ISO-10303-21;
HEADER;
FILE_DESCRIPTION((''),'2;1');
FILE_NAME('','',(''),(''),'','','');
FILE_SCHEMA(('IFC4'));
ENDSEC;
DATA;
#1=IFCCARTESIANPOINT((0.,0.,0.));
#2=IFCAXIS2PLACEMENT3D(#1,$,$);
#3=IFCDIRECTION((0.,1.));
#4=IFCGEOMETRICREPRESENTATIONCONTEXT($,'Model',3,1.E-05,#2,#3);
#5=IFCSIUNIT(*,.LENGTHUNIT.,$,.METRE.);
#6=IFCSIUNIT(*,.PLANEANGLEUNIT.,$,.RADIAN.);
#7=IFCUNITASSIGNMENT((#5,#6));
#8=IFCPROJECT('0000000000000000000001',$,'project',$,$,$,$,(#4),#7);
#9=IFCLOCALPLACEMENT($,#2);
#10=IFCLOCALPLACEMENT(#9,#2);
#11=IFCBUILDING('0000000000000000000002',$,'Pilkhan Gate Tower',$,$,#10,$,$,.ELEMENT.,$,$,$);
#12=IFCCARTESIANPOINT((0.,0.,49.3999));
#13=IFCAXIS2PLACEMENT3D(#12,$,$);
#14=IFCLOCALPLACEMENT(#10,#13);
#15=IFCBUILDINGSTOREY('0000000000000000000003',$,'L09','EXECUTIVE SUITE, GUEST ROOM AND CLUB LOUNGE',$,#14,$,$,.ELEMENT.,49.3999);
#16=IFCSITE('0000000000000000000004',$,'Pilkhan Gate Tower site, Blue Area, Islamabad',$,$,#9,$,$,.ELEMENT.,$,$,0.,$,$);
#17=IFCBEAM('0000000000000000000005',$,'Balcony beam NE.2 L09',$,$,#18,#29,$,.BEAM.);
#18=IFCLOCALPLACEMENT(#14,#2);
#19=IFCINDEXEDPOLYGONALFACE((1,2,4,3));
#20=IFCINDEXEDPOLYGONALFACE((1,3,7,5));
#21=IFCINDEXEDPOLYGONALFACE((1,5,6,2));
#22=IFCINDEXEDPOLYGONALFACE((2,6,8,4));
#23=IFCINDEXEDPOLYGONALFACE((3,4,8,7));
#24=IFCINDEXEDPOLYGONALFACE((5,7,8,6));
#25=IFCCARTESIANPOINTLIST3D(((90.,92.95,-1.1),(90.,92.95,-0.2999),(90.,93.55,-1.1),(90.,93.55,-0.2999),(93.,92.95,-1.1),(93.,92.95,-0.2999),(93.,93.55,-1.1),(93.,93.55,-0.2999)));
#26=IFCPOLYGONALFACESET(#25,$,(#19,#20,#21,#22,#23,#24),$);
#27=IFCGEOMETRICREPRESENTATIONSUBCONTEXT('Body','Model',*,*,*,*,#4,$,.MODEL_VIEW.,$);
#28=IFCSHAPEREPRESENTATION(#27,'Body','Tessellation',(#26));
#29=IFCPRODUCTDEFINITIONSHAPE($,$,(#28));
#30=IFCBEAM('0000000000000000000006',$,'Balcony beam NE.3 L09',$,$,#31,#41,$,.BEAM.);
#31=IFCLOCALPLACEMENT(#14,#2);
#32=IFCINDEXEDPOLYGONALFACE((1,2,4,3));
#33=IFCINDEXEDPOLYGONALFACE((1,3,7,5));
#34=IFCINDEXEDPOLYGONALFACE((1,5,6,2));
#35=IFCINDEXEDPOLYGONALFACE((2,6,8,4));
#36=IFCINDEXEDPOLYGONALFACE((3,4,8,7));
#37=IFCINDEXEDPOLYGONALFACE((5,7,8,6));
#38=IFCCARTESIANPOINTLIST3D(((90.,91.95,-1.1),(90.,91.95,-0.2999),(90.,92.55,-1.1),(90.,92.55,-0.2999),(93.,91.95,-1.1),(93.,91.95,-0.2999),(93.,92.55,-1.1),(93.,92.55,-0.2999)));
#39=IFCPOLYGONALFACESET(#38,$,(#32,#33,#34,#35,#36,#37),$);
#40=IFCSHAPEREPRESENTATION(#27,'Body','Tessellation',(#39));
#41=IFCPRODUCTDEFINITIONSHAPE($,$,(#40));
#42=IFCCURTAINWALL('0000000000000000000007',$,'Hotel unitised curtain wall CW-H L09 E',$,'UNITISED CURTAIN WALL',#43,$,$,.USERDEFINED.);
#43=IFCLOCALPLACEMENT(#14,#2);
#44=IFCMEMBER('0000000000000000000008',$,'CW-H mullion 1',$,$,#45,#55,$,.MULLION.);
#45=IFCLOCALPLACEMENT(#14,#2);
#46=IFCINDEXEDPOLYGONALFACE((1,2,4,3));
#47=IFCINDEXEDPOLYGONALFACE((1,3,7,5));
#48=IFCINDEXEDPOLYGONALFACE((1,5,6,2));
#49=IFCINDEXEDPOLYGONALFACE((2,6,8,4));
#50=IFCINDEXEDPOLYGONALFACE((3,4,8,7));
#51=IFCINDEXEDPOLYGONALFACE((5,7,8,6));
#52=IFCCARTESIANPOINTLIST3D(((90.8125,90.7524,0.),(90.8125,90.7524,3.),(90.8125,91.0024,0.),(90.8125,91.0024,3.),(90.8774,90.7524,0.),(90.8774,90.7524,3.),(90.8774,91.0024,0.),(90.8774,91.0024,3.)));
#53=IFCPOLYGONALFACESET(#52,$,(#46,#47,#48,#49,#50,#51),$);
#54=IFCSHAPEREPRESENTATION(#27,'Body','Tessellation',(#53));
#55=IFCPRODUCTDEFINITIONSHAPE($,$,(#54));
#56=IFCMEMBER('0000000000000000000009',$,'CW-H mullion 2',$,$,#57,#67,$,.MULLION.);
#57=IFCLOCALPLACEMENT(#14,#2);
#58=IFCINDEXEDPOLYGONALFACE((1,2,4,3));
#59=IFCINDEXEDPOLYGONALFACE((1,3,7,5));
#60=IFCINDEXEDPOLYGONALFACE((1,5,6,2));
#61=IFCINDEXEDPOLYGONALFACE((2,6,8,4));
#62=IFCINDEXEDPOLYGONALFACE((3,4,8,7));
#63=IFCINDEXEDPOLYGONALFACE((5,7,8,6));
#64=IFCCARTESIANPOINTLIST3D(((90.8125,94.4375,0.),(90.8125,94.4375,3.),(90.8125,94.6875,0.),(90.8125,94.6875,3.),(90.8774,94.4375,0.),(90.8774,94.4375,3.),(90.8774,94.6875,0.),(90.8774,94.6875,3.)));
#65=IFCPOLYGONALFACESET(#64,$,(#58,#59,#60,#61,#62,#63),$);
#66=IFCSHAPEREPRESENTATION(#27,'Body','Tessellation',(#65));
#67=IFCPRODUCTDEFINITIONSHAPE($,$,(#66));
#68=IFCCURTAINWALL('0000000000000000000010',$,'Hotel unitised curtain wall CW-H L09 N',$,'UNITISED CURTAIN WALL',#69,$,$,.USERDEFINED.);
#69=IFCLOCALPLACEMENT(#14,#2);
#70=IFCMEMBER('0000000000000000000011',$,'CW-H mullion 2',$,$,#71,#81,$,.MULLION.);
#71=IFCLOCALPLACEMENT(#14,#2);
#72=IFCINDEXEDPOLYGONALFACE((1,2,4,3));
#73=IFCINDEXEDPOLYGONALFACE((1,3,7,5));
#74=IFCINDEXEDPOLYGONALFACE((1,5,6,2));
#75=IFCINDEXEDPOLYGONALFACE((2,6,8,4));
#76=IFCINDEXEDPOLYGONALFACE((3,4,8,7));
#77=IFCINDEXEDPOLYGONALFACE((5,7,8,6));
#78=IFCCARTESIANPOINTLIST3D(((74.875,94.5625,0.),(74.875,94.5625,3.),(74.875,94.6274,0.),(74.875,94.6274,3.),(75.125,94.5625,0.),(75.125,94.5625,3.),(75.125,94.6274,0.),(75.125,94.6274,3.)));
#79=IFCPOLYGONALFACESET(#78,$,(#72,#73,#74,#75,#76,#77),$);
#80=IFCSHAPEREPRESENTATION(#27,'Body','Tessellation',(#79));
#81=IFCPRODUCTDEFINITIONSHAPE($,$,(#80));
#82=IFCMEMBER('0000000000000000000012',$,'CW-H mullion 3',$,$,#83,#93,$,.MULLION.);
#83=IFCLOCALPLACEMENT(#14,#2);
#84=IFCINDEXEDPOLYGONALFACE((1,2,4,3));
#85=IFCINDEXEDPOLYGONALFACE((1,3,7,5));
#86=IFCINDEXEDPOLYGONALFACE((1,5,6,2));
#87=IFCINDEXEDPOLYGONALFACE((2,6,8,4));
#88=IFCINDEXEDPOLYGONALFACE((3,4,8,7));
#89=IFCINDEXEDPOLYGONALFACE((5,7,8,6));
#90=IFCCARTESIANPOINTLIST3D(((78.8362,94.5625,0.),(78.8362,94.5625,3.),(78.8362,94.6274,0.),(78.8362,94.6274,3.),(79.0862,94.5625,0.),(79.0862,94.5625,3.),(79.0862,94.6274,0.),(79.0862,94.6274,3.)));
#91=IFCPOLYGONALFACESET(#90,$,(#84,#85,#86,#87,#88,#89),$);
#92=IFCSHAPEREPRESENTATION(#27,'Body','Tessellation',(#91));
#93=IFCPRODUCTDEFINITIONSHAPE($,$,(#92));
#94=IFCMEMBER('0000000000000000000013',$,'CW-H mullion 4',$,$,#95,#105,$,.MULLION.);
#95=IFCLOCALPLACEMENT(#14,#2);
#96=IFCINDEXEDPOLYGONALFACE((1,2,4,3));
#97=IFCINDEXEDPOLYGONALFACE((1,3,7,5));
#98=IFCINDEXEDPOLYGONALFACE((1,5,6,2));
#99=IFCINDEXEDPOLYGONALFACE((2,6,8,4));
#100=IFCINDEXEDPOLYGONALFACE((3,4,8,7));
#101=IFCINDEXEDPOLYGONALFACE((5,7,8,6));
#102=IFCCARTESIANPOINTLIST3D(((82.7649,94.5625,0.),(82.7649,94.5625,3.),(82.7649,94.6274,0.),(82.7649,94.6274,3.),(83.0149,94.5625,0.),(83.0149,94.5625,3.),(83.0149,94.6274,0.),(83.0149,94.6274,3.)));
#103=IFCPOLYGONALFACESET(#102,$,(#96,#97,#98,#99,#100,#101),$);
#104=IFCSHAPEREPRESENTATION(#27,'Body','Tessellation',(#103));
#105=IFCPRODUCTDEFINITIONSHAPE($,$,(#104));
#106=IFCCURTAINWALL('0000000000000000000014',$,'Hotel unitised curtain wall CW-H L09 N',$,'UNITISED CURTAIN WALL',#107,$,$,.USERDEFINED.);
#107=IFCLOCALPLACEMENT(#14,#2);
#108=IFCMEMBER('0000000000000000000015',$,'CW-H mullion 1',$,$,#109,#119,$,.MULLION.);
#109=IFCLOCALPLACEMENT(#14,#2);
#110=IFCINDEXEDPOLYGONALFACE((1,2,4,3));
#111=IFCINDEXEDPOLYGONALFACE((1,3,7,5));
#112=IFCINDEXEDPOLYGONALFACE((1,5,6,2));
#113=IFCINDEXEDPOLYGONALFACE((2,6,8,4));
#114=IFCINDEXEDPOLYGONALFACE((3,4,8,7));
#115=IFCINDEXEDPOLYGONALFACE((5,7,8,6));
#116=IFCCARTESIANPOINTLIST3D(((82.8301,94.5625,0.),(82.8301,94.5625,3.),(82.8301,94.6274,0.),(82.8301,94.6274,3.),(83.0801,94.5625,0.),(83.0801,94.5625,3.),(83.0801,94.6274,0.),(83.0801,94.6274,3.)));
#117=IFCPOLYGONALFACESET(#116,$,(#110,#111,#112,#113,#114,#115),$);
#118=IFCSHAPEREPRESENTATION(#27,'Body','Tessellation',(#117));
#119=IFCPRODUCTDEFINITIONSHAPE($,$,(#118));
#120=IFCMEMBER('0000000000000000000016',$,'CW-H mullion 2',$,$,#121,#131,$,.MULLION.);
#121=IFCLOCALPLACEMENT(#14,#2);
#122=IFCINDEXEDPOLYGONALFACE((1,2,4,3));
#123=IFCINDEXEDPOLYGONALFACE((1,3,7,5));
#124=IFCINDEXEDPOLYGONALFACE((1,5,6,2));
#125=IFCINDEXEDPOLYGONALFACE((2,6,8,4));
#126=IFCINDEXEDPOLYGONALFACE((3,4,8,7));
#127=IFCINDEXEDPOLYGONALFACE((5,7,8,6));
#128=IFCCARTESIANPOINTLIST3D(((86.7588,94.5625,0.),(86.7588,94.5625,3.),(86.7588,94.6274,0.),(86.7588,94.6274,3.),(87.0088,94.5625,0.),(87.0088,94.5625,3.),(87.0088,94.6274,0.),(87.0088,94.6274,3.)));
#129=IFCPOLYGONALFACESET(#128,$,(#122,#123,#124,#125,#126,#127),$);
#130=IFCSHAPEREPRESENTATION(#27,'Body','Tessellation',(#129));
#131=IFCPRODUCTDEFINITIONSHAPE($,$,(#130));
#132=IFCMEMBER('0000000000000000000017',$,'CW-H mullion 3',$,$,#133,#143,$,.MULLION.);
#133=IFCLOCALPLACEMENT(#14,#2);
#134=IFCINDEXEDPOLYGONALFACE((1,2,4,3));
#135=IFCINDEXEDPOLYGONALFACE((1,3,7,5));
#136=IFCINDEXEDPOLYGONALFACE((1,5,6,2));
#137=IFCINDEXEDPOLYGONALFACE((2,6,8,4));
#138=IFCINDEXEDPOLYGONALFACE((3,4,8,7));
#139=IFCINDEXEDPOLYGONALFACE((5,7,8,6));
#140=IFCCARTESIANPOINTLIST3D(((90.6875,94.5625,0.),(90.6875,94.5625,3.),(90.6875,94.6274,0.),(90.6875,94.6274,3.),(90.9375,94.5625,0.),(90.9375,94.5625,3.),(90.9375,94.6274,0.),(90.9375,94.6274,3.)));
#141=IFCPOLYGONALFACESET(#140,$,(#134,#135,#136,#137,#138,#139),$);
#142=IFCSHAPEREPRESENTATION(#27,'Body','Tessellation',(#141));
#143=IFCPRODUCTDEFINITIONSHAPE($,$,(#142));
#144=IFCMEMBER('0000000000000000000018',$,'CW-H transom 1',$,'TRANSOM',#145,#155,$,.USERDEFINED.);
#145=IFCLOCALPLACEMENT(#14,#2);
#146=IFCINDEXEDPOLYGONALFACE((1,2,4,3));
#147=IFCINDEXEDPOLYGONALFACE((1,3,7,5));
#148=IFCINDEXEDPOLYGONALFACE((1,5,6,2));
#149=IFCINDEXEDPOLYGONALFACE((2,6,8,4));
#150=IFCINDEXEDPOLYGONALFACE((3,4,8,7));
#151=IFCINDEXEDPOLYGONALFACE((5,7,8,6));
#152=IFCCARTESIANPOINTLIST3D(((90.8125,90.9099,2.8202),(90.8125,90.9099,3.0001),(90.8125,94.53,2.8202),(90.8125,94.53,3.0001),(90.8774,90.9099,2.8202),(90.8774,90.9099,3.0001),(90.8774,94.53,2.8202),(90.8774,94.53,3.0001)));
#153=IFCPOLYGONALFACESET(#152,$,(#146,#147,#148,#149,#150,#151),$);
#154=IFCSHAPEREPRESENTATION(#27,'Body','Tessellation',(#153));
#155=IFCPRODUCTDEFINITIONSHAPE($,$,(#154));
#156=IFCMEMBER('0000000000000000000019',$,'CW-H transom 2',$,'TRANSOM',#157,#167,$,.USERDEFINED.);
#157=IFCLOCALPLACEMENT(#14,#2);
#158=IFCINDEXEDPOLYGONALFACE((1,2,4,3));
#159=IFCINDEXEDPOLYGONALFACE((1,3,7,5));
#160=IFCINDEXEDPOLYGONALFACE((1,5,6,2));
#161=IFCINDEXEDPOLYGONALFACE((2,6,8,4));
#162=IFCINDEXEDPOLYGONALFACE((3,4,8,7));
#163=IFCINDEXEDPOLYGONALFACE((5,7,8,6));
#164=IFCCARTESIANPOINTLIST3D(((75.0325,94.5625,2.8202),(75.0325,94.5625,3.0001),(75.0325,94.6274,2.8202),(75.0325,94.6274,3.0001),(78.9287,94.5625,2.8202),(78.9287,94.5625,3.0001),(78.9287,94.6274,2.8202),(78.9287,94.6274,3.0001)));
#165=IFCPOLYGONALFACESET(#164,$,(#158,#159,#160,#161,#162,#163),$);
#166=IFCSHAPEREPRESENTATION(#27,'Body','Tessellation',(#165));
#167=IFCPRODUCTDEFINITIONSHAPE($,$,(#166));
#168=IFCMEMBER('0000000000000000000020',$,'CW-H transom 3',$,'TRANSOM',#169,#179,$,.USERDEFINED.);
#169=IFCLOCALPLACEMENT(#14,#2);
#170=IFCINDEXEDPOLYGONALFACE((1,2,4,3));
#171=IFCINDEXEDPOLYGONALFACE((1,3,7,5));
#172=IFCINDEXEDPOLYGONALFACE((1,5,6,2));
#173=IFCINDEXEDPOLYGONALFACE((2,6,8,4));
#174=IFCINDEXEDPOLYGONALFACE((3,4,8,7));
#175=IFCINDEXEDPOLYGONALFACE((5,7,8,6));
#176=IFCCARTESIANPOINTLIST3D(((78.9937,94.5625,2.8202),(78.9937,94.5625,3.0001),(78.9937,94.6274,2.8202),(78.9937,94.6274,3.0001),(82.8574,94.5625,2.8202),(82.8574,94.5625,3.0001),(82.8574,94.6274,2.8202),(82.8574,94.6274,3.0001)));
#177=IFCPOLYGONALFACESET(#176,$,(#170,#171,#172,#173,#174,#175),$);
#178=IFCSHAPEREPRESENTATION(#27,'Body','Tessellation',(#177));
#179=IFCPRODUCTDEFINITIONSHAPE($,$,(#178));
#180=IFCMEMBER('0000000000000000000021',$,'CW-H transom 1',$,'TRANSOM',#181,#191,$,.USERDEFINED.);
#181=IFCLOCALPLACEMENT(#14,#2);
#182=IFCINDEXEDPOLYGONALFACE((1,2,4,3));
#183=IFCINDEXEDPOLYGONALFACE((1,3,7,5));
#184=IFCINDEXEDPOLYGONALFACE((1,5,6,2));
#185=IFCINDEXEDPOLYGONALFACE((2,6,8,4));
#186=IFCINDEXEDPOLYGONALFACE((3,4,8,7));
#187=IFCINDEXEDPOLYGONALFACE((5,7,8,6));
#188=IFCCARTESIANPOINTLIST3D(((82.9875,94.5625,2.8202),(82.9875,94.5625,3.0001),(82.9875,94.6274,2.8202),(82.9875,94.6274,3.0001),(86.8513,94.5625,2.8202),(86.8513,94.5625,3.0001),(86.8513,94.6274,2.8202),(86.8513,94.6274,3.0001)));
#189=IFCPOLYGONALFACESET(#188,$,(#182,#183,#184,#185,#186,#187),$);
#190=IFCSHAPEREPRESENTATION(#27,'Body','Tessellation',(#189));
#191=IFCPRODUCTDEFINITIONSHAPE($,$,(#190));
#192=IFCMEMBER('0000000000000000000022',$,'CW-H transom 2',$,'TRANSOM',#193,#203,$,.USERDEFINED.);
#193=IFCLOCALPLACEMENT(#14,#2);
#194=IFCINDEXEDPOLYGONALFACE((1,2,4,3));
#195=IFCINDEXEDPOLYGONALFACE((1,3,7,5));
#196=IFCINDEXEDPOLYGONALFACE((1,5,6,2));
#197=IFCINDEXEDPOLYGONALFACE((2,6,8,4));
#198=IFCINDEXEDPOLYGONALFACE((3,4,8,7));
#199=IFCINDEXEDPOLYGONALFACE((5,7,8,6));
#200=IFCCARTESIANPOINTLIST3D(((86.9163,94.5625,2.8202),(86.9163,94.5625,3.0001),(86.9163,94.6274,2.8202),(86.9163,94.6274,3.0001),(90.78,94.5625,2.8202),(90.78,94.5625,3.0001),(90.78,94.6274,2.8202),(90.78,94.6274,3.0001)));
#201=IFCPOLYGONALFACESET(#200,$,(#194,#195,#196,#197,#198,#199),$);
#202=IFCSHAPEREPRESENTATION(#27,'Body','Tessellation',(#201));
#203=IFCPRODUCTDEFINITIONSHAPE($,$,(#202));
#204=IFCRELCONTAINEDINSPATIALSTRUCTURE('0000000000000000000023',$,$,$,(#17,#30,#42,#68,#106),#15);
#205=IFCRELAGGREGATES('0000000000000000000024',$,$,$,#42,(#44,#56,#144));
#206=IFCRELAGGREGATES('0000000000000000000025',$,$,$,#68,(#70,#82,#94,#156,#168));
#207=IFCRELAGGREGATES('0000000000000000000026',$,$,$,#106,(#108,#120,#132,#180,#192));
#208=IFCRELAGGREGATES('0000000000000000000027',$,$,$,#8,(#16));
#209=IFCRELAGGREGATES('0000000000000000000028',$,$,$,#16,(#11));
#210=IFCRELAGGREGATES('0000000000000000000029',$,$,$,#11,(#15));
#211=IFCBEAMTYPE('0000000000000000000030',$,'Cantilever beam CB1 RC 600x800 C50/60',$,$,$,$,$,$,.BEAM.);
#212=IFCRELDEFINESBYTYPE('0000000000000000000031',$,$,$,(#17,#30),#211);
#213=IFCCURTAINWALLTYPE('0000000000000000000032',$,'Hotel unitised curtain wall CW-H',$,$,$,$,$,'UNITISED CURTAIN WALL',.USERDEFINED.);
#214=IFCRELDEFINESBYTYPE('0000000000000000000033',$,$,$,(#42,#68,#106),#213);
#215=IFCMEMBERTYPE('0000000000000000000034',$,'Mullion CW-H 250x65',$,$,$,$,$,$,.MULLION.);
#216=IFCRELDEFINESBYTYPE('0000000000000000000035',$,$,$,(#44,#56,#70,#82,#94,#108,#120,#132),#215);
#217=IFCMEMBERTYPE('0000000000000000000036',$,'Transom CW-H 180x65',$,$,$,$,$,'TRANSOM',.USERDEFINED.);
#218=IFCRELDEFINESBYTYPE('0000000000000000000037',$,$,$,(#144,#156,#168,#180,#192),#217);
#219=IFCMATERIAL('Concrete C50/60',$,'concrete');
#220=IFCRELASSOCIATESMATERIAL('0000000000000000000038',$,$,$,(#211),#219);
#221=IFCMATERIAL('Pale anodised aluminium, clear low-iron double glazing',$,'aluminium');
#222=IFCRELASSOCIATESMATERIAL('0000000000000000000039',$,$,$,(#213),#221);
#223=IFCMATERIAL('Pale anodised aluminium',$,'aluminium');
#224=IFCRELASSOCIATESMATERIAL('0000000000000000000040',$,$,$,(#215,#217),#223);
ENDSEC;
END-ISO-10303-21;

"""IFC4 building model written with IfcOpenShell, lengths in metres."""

from ifc_helpers import new_model, si_unit, direction, frame, origin, origin_2d, place, context, subcontext, project, spatial, rectangle, extrude, material, material_profile, profile_set, type_object, element, aggregate, save


model = new_model("IFC4")

# Units and contexts
model_context = context("Model", 3, precision=1e-05, world=origin(), true_north=direction((0.0, 1.0)))
body_context = subcontext(model_context, "Body", "Model", "MODEL_VIEW")
ifc_project = project(units=[si_unit("LENGTHUNIT", "METRE"), si_unit("PLANEANGLEUNIT", "RADIAN")], contexts=[model_context])

# Site, building, storey
site_placement = place(None, origin())
site = spatial("IfcSite", under=ifc_project, at=site_placement, Name="Pilkhan Gate Tower site, Blue Area, Islamabad", CompositionType="ELEMENT", RefElevation=0.0)
building_placement = place(site_placement, origin())
building = spatial("IfcBuilding", under=site, at=building_placement, Name="Pilkhan Gate Tower", CompositionType="ELEMENT")
storey_placement = place(building_placement, frame((0.0, 0.0, 49.3999)))
storey = spatial("IfcBuildingStorey", under=building, at=storey_placement, Name="L09", Description="EXECUTIVE SUITE, GUEST ROOM AND CLUB LOUNGE", CompositionType="ELEMENT", Elevation=49.3999)

# Beams
ifc_material_1 = material(Name="Concrete C50/60", Category="concrete")
ifc_material_profile_1 = material_profile(ifc_material_1, rectangle(XDim=0.6001, YDim=0.8, at=origin_2d()), Name="RC 600x800")
ifc_profile_set_1 = profile_set([ifc_material_profile_1], Name="Concrete C50/60")
beam_type = type_object("IfcBeamType", Name="Cantilever beam CB1 RC 600x800 C50/60", PredefinedType="BEAM", material=ifc_profile_set_1)
for number, where, z_axis, x_axis, name in (
    (1, (90.0, 93.25, -0.7), (1.0, 0.0, 0.0), (0.0, 1.0, 0.0), "Balcony beam NE.2 L09"),
    (2, (90.0, 92.25, -0.7), (1.0, 0.0, 0.0), (0.0, 1.0, 0.0), "Balcony beam NE.3 L09"),
):
    element("IfcBeam", number, at=place(storey_placement, frame(where, z_axis=z_axis, x_axis=x_axis)), inside=storey, type_object=beam_type, Name=name, PredefinedType="BEAM", context=body_context, shape_type="SweptSolid", body=[
        extrude(rectangle(XDim=0.6001, YDim=0.8, at=origin_2d()), origin(), (0.0, 0.0, 1.0), 3.0),
    ])

# Curtain walls, members
ifc_material_2 = material(Name="Pale anodised aluminium, clear low-iron double glazing", Category="aluminium")
curtain_wall_type = type_object("IfcCurtainWallType", Name="Hotel unitised curtain wall CW-H", ElementType="UNITISED CURTAIN WALL", PredefinedType="USERDEFINED", material=ifc_material_2)
curtain_wall_1_placement = place(storey_placement, origin())
curtain_wall_1 = element("IfcCurtainWall", 3, at=curtain_wall_1_placement, inside=storey, type_object=curtain_wall_type, Name="Hotel unitised curtain wall CW-H L09 E", ObjectType="UNITISED CURTAIN WALL", PredefinedType="USERDEFINED")
ifc_material_3 = material(Name="Pale anodised aluminium", Category="aluminium")
ifc_material_profile_2 = material_profile(ifc_material_3, rectangle(XDim=0.0649, YDim=0.25, at=origin_2d()), Name="Mullion 250x65")
ifc_profile_set_2 = profile_set([ifc_material_profile_2], Name="Pale anodised aluminium")
member_type_1 = type_object("IfcMemberType", Name="Mullion CW-H 250x65", PredefinedType="MULLION", material=ifc_profile_set_2)
member_1_placement = place(storey_placement, frame((90.845, 90.8774, 0.0), z_axis=(0.0, 0.0, 1.0), x_axis=(-1.0, 0.0, 0.0)))
member_1 = element("IfcMember", 4, at=member_1_placement, type_object=member_type_1, Name="CW-H mullion 1", PredefinedType="MULLION", context=body_context, shape_type="SweptSolid", body=[
    extrude(rectangle(XDim=0.0649, YDim=0.25, at=origin_2d()), origin(), (0.0, 0.0, 1.0), 3.0),
])
member_2_placement = place(storey_placement, frame((90.845, 94.5625, 0.0), z_axis=(0.0, 0.0, 1.0), x_axis=(-1.0, 0.0, 0.0)))
member_2 = element("IfcMember", 5, at=member_2_placement, type_object=member_type_1, Name="CW-H mullion 2", PredefinedType="MULLION", context=body_context, shape_type="SweptSolid", body=[
    extrude(rectangle(XDim=0.0649, YDim=0.25, at=origin_2d()), origin(), (0.0, 0.0, 1.0), 3.0),
])
curtain_wall_2_placement = place(storey_placement, origin())
curtain_wall_2 = element("IfcCurtainWall", 6, at=curtain_wall_2_placement, inside=storey, type_object=curtain_wall_type, Name="Hotel unitised curtain wall CW-H L09 N", ObjectType="UNITISED CURTAIN WALL", PredefinedType="USERDEFINED")
member_3_placement = place(storey_placement, frame((75.0, 94.595, 0.0), z_axis=(0.0, 0.0, 1.0), x_axis=(0.0, 1.0, 0.0)))
member_3 = element("IfcMember", 7, at=member_3_placement, type_object=member_type_1, Name="CW-H mullion 2", PredefinedType="MULLION", context=body_context, shape_type="SweptSolid", body=[
    extrude(rectangle(XDim=0.0649, YDim=0.25, at=origin_2d()), origin(), (0.0, 0.0, 1.0), 3.0),
])
member_4_placement = place(storey_placement, frame((78.9612, 94.595, 0.0), z_axis=(0.0, 0.0, 1.0), x_axis=(0.0, 1.0, 0.0)))
member_4 = element("IfcMember", 8, at=member_4_placement, type_object=member_type_1, Name="CW-H mullion 3", PredefinedType="MULLION", context=body_context, shape_type="SweptSolid", body=[
    extrude(rectangle(XDim=0.0649, YDim=0.25, at=origin_2d()), origin(), (0.0, 0.0, 1.0), 3.0),
])
member_5_placement = place(storey_placement, frame((82.8899, 94.595, 0.0), z_axis=(0.0, 0.0, 1.0), x_axis=(0.0, 1.0, 0.0)))
member_5 = element("IfcMember", 9, at=member_5_placement, type_object=member_type_1, Name="CW-H mullion 4", PredefinedType="MULLION", context=body_context, shape_type="SweptSolid", body=[
    extrude(rectangle(XDim=0.0649, YDim=0.25, at=origin_2d()), origin(), (0.0, 0.0, 1.0), 3.0),
])
curtain_wall_3_placement = place(storey_placement, origin())
curtain_wall_3 = element("IfcCurtainWall", 10, at=curtain_wall_3_placement, inside=storey, type_object=curtain_wall_type, Name="Hotel unitised curtain wall CW-H L09 N", ObjectType="UNITISED CURTAIN WALL", PredefinedType="USERDEFINED")
member_6_placement = place(storey_placement, frame((82.9551, 94.595, 0.0), z_axis=(0.0, 0.0, 1.0), x_axis=(0.0, 1.0, 0.0)))
member_6 = element("IfcMember", 11, at=member_6_placement, type_object=member_type_1, Name="CW-H mullion 1", PredefinedType="MULLION", context=body_context, shape_type="SweptSolid", body=[
    extrude(rectangle(XDim=0.0649, YDim=0.25, at=origin_2d()), origin(), (0.0, 0.0, 1.0), 3.0),
])
member_7_placement = place(storey_placement, frame((86.8838, 94.595, 0.0), z_axis=(0.0, 0.0, 1.0), x_axis=(0.0, 1.0, 0.0)))
member_7 = element("IfcMember", 12, at=member_7_placement, type_object=member_type_1, Name="CW-H mullion 2", PredefinedType="MULLION", context=body_context, shape_type="SweptSolid", body=[
    extrude(rectangle(XDim=0.0649, YDim=0.25, at=origin_2d()), origin(), (0.0, 0.0, 1.0), 3.0),
])
member_8_placement = place(storey_placement, frame((90.8125, 94.595, 0.0), z_axis=(0.0, 0.0, 1.0), x_axis=(0.0, 1.0, 0.0)))
member_8 = element("IfcMember", 13, at=member_8_placement, type_object=member_type_1, Name="CW-H mullion 3", PredefinedType="MULLION", context=body_context, shape_type="SweptSolid", body=[
    extrude(rectangle(XDim=0.0649, YDim=0.25, at=origin_2d()), origin(), (0.0, 0.0, 1.0), 3.0),
])

# Members
ifc_material_profile_3 = material_profile(ifc_material_3, rectangle(XDim=0.0649, YDim=0.1799, at=origin_2d()), Name="Transom 180x65")
ifc_profile_set_3 = profile_set([ifc_material_profile_3], Name="Pale anodised aluminium")
member_type_2 = type_object("IfcMemberType", Name="Transom CW-H 180x65", ElementType="TRANSOM", PredefinedType="USERDEFINED", material=ifc_profile_set_3)
member_9_placement = place(storey_placement, frame((90.845, 90.9099, 2.9102), z_axis=(0.0, 1.0, 0.0), x_axis=(-1.0, 0.0, 0.0)))
member_9 = element("IfcMember", 14, at=member_9_placement, type_object=member_type_2, Name="CW-H transom 1", ObjectType="TRANSOM", PredefinedType="USERDEFINED", context=body_context, shape_type="SweptSolid", body=[
    extrude(rectangle(XDim=0.0649, YDim=0.1799, at=origin_2d()), origin(), (0.0, 0.0, 1.0), 3.6201),
])
member_10_placement = place(storey_placement, frame((75.0325, 94.595, 2.9102), z_axis=(1.0, 0.0, 0.0), x_axis=(0.0, 1.0, 0.0)))
member_10 = element("IfcMember", 15, at=member_10_placement, type_object=member_type_2, Name="CW-H transom 2", ObjectType="TRANSOM", PredefinedType="USERDEFINED", context=body_context, shape_type="SweptSolid", body=[
    extrude(rectangle(XDim=0.0649, YDim=0.1799, at=origin_2d()), origin(), (0.0, 0.0, 1.0), 3.8962),
])
member_11_placement = place(storey_placement, frame((78.9937, 94.595, 2.9102), z_axis=(1.0, 0.0, 0.0), x_axis=(0.0, 1.0, 0.0)))
member_11 = element("IfcMember", 16, at=member_11_placement, type_object=member_type_2, Name="CW-H transom 3", ObjectType="TRANSOM", PredefinedType="USERDEFINED", context=body_context, shape_type="SweptSolid", body=[
    extrude(rectangle(XDim=0.0649, YDim=0.1799, at=origin_2d()), origin(), (0.0, 0.0, 1.0), 3.8638),
])
member_12_placement = place(storey_placement, frame((82.9875, 94.595, 2.9102), z_axis=(1.0, 0.0, 0.0), x_axis=(0.0, 1.0, 0.0)))
member_12 = element("IfcMember", 17, at=member_12_placement, type_object=member_type_2, Name="CW-H transom 1", ObjectType="TRANSOM", PredefinedType="USERDEFINED", context=body_context, shape_type="SweptSolid", body=[
    extrude(rectangle(XDim=0.0649, YDim=0.1799, at=origin_2d()), origin(), (0.0, 0.0, 1.0), 3.8638),
])
member_13_placement = place(storey_placement, frame((86.9163, 94.595, 2.9102), z_axis=(1.0, 0.0, 0.0), x_axis=(0.0, 1.0, 0.0)))
member_13 = element("IfcMember", 18, at=member_13_placement, type_object=member_type_2, Name="CW-H transom 2", ObjectType="TRANSOM", PredefinedType="USERDEFINED", context=body_context, shape_type="SweptSolid", body=[
    extrude(rectangle(XDim=0.0649, YDim=0.1799, at=origin_2d()), origin(), (0.0, 0.0, 1.0), 3.8638),
])

aggregate(curtain_wall_1, [member_1, member_2, member_9])
aggregate(curtain_wall_2, [member_3, member_4, member_5, member_10, member_11])
aggregate(curtain_wall_3, [member_6, member_7, member_8, member_12, member_13])

save(model, "model.ifc")
